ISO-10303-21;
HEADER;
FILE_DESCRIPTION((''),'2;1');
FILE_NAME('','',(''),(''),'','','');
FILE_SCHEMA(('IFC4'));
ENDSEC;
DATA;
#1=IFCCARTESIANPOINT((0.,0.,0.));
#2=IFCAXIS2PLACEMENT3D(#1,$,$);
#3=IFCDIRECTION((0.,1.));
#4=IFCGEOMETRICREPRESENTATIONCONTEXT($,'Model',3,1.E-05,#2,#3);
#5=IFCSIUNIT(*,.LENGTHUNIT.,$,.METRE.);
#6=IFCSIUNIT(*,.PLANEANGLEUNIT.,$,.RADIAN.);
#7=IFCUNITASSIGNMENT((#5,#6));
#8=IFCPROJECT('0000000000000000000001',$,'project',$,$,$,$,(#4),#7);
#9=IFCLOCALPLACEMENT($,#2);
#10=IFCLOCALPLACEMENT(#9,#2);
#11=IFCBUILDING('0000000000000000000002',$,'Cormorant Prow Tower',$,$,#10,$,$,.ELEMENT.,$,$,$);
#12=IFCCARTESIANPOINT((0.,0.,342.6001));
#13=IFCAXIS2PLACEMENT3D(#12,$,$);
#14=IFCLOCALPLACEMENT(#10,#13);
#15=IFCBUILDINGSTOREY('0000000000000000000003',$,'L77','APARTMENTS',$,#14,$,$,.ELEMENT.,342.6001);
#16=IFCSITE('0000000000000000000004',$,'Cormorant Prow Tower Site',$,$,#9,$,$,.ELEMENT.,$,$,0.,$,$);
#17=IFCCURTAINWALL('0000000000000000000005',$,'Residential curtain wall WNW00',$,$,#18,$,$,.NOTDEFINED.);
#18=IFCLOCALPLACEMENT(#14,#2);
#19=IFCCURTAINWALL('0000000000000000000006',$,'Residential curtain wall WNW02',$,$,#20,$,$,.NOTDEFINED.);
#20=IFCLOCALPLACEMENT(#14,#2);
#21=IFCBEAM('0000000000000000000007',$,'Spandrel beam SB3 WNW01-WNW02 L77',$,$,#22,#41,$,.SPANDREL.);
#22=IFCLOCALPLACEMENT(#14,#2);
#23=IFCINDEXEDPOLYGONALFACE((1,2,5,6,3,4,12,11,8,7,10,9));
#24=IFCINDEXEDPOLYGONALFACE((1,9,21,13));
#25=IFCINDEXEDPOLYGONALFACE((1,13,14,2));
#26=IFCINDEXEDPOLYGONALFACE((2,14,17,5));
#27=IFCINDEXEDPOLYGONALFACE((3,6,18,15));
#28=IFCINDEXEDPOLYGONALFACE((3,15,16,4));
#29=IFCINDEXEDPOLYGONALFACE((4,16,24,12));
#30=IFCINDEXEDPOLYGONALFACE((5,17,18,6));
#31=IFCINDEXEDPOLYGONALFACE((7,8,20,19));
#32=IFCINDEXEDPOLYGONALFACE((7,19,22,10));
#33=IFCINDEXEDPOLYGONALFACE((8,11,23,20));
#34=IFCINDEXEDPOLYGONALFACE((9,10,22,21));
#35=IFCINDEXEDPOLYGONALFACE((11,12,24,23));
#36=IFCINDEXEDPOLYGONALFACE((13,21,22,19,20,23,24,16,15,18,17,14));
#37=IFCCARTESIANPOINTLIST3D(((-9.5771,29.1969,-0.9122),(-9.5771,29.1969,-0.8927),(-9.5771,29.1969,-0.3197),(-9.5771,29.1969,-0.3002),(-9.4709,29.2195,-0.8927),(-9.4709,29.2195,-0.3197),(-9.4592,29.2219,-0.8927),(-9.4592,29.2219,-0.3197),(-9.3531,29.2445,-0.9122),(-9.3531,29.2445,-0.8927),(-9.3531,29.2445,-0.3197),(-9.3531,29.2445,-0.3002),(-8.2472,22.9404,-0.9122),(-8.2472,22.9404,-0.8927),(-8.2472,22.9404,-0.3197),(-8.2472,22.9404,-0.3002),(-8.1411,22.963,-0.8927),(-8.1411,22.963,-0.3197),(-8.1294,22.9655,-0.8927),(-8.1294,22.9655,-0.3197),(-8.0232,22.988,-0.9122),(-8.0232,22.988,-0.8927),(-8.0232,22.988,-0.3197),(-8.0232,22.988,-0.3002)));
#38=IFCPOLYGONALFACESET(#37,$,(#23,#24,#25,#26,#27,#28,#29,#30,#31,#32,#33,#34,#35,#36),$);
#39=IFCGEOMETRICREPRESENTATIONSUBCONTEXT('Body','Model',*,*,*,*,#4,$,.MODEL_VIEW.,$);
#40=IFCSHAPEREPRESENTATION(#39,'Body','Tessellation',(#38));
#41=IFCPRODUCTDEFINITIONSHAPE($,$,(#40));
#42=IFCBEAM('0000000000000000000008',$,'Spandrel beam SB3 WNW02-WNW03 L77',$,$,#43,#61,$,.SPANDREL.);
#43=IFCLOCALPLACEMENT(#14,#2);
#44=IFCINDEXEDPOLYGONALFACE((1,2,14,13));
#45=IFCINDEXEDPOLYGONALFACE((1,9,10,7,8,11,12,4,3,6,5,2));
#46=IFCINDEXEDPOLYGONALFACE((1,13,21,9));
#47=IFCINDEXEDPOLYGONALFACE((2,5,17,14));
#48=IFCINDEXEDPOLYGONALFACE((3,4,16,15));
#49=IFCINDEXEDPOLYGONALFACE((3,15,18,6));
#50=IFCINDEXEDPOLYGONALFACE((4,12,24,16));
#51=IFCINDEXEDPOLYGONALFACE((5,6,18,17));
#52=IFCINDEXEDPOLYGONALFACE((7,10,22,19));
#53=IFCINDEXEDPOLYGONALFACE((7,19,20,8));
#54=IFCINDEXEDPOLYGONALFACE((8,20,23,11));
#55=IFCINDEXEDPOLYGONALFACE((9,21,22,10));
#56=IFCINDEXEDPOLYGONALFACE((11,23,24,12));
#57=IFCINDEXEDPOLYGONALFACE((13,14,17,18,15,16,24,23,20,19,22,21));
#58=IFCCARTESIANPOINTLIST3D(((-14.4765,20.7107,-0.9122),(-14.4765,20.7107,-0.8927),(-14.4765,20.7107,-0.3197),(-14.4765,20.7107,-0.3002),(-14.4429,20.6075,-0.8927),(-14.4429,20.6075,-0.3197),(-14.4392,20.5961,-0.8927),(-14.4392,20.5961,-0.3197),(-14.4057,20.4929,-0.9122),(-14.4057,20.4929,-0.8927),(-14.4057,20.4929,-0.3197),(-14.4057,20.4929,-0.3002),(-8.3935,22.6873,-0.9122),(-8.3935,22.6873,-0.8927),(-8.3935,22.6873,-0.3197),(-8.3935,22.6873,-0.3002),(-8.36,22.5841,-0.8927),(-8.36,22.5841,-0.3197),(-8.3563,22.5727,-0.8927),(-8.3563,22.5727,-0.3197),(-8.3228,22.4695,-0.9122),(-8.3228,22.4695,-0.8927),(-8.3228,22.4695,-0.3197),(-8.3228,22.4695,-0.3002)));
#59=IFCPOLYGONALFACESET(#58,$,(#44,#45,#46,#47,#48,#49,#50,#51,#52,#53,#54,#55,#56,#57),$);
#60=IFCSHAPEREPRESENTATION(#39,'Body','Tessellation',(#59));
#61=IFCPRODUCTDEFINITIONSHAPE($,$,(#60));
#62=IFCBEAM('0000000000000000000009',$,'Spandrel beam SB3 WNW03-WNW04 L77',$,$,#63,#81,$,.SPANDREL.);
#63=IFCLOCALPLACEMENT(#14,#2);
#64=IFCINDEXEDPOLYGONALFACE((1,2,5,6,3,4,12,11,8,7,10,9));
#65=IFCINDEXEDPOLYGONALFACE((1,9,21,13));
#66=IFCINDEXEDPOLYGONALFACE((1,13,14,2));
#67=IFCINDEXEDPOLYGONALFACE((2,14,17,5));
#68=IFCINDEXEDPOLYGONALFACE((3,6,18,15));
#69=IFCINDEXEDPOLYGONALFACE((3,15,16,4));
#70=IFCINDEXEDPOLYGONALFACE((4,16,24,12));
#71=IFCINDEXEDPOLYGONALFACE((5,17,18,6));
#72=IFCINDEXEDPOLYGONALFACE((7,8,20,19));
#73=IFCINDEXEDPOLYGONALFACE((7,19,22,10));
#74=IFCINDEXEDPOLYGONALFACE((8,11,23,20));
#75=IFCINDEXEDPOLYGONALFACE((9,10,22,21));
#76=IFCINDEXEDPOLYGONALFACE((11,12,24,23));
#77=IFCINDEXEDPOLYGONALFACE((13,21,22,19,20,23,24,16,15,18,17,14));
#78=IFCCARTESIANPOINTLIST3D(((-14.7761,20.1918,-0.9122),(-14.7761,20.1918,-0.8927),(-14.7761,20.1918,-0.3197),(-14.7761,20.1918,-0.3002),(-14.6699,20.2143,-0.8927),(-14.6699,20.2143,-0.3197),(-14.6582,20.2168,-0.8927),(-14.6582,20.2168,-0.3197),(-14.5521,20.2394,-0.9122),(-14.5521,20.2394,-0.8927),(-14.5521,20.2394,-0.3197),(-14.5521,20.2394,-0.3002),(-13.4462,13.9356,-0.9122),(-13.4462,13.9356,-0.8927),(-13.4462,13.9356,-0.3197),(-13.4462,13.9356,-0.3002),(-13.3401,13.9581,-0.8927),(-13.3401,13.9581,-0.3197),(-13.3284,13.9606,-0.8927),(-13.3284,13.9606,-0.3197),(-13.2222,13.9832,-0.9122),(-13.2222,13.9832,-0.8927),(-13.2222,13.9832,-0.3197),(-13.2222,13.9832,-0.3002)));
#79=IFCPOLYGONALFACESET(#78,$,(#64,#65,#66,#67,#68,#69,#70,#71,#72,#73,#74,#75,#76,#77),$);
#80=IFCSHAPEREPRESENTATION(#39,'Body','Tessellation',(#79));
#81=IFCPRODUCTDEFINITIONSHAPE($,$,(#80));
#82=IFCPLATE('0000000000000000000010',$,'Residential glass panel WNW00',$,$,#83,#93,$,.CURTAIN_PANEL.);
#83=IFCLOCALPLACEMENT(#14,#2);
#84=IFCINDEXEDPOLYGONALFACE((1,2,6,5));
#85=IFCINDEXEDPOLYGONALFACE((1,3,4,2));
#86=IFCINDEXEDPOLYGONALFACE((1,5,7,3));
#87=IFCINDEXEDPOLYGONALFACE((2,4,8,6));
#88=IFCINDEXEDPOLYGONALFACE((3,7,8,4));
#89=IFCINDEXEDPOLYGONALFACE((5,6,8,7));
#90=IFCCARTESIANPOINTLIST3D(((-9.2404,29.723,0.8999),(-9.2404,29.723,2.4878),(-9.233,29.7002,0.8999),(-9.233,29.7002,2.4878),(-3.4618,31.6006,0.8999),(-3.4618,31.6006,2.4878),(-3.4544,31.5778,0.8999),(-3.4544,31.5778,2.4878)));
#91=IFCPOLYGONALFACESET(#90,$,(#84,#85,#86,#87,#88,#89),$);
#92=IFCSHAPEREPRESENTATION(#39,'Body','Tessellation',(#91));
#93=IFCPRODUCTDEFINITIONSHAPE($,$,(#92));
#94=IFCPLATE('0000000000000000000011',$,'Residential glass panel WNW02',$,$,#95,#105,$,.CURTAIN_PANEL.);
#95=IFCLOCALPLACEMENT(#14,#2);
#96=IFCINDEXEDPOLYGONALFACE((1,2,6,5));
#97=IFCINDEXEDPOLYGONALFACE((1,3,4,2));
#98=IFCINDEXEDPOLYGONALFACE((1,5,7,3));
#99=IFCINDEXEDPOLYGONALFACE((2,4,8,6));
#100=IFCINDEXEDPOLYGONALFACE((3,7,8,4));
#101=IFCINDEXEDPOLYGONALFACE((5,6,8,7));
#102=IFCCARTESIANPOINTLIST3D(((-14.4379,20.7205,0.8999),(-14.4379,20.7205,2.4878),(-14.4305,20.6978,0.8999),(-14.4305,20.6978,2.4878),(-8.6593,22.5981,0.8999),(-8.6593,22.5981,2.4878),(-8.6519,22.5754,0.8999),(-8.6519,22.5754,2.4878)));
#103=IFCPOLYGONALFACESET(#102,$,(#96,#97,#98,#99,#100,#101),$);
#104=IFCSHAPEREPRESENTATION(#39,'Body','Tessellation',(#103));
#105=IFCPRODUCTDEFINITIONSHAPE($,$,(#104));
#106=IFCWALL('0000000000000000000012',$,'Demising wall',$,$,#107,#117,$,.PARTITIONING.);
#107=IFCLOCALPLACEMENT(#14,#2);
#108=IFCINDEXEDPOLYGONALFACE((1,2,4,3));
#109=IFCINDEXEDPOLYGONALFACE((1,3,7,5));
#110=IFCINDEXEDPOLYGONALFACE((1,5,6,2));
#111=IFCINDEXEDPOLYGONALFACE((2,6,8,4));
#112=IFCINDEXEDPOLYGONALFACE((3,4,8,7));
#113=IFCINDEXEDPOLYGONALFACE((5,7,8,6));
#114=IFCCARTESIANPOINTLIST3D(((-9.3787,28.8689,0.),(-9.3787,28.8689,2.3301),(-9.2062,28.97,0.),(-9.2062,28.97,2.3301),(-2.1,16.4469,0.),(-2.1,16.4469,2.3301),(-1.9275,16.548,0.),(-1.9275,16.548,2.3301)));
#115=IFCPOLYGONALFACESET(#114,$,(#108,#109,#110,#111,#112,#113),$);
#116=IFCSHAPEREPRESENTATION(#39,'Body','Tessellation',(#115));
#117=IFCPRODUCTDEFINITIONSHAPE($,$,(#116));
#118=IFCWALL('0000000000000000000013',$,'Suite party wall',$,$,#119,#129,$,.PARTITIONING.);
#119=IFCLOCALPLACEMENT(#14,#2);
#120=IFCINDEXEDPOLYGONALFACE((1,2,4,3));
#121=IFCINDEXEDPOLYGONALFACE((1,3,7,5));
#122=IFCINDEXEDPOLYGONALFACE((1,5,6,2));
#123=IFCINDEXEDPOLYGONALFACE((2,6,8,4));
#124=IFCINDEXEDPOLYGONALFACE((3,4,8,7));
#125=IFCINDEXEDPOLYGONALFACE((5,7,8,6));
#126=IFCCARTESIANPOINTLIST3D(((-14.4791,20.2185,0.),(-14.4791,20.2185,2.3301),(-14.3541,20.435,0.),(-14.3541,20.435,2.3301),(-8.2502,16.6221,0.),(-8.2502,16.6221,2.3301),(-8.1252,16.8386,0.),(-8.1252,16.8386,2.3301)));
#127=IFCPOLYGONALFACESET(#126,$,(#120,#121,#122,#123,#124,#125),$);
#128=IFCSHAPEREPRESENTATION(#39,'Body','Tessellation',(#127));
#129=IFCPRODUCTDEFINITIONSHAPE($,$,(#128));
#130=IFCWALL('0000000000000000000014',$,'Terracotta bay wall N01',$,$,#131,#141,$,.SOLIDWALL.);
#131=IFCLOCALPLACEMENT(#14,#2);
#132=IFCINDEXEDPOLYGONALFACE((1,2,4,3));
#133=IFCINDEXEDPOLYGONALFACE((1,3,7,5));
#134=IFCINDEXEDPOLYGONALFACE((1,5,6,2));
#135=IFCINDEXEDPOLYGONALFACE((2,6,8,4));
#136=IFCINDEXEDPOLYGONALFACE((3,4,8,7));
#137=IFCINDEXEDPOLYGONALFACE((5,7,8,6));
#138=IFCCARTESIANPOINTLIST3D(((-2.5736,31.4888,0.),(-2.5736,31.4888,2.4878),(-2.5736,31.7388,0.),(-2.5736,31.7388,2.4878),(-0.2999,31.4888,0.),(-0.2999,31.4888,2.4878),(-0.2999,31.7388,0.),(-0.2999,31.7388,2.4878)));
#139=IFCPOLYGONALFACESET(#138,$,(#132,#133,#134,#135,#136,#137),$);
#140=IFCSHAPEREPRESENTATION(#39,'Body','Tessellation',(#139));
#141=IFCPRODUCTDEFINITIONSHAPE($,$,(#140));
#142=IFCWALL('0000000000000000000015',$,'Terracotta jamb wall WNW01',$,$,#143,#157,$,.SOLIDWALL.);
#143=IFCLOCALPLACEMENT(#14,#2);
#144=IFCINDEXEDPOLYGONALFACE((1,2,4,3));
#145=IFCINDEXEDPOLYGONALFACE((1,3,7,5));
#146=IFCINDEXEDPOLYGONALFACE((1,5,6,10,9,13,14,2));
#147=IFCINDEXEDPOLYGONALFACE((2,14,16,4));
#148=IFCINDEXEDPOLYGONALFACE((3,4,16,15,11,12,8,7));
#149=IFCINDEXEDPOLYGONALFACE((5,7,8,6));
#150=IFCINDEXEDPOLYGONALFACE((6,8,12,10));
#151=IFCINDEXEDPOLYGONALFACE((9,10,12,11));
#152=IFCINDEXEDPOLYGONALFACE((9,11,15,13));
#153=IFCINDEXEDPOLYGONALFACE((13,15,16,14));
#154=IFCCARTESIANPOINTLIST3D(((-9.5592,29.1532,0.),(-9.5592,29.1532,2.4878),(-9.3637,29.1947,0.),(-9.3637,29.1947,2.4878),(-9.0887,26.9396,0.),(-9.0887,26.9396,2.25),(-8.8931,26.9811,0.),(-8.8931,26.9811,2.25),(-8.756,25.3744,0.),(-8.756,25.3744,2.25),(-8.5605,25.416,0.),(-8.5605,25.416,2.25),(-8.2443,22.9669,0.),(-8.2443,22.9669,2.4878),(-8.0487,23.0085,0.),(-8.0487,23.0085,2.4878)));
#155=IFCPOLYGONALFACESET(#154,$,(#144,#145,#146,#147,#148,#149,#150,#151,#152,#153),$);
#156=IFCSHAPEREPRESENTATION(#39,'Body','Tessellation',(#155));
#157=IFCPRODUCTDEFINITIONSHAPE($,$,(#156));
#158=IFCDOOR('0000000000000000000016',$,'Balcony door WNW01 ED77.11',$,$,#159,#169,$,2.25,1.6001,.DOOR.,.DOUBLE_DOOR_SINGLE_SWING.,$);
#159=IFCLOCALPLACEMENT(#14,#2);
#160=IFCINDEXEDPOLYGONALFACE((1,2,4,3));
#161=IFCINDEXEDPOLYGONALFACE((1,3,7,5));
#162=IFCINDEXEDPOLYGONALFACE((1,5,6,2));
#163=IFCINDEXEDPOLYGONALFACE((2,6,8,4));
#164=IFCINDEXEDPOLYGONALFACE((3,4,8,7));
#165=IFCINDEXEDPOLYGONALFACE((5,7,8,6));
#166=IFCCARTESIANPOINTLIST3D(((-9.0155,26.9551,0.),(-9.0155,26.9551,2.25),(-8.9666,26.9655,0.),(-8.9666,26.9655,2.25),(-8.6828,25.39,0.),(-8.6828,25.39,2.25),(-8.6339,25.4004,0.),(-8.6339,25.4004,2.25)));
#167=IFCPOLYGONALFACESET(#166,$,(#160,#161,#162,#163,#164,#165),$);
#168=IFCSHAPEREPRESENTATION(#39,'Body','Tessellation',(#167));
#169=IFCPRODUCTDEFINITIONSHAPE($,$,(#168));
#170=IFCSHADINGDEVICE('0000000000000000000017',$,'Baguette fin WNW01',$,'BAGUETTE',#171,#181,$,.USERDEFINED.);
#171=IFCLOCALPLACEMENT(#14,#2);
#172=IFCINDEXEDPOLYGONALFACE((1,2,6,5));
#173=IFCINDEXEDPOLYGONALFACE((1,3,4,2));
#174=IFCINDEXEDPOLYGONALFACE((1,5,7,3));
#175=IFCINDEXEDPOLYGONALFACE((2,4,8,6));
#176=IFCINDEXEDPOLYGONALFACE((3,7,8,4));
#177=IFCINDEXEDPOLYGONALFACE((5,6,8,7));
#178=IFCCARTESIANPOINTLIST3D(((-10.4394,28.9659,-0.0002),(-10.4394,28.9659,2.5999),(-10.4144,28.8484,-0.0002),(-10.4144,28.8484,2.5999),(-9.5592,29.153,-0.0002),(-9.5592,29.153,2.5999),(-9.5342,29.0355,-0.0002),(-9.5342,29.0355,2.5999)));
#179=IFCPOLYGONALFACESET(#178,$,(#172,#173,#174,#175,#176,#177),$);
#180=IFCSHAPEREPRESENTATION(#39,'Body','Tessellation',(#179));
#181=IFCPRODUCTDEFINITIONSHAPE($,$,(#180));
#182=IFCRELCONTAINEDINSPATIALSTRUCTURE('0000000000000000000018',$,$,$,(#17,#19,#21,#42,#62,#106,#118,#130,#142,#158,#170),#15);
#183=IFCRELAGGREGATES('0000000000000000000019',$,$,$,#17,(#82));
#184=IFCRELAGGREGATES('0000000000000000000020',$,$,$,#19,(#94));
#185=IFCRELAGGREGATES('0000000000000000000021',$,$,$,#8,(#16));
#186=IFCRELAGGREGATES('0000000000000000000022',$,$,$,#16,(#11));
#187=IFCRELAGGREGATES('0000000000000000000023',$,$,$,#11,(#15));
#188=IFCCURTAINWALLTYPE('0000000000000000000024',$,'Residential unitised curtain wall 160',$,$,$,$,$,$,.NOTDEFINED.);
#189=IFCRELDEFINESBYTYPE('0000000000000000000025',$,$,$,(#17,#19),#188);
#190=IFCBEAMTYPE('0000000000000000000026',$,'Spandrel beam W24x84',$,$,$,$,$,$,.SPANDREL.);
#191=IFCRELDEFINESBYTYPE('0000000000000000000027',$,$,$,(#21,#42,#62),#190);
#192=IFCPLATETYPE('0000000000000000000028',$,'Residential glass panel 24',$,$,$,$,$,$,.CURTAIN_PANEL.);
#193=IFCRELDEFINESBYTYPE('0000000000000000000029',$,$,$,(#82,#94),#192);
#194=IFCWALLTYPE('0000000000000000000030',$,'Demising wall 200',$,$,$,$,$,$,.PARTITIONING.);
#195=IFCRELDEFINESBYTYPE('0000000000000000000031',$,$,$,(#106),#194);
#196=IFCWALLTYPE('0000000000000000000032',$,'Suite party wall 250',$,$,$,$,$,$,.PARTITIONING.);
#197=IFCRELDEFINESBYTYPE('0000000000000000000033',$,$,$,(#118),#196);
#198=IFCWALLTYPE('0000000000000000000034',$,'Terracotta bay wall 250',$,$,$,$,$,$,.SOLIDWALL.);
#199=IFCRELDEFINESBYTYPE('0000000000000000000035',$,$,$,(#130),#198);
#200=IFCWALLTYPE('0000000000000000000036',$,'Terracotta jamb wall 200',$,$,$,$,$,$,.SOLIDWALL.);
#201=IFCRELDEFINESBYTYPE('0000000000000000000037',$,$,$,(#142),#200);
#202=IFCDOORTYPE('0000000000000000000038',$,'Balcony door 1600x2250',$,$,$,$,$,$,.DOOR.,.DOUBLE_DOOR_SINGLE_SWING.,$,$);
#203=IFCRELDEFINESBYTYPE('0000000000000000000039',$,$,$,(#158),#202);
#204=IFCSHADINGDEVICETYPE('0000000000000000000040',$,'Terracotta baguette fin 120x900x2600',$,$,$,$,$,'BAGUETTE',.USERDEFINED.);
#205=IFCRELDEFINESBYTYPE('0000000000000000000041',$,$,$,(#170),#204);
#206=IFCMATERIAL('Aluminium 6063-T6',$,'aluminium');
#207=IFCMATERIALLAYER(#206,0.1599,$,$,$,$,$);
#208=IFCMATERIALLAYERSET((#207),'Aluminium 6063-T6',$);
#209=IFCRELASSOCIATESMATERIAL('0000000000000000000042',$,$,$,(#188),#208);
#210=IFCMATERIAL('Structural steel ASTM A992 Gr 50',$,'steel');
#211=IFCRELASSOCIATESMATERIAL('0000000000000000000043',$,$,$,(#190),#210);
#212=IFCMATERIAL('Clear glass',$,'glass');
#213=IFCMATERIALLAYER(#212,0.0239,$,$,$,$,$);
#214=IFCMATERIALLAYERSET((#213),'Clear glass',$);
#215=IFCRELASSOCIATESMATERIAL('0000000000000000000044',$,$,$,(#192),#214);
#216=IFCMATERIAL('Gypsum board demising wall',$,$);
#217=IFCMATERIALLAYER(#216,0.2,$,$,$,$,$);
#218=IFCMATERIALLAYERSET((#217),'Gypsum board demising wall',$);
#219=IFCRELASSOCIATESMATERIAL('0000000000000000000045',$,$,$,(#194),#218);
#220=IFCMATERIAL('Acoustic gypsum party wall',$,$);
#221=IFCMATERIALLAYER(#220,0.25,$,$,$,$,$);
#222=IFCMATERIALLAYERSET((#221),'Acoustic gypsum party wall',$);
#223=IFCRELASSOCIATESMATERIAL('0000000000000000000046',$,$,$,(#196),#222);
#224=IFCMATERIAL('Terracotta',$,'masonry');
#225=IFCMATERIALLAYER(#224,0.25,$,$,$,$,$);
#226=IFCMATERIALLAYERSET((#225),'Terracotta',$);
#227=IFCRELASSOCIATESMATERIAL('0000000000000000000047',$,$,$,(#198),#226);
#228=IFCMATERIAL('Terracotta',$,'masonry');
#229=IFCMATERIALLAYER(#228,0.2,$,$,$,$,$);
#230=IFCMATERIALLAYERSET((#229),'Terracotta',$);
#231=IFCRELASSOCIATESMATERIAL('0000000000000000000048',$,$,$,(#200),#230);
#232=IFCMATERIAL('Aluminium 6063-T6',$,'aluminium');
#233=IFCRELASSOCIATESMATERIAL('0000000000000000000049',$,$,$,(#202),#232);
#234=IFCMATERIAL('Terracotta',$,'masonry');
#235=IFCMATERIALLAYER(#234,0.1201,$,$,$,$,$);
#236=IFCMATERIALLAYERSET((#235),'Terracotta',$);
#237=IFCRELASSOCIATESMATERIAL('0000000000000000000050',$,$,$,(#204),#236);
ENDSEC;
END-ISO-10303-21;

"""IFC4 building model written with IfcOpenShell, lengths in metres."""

from ifc_helpers import new_model, si_unit, direction, frame, frame_2d, origin, origin_2d, place, context, subcontext, project, spatial, rectangle, i_section, extrude, material, layer, layer_set, material_profile, profile_set, type_object, element, fill, aggregate, save


model = new_model("IFC4")

# Units and contexts
model_context = context("Model", 3, precision=1e-05, world=origin(), true_north=direction((0.0, 1.0)))
body_context = subcontext(model_context, "Body", "Model", "MODEL_VIEW")
ifc_project = project(units=[si_unit("LENGTHUNIT", "METRE"), si_unit("PLANEANGLEUNIT", "RADIAN")], contexts=[model_context])

# Site, building, storey
site_placement = place(None, origin())
site = spatial("IfcSite", under=ifc_project, at=site_placement, Name="Cormorant Prow Tower Site", CompositionType="ELEMENT", RefElevation=0.0)
building_placement = place(site_placement, origin())
building = spatial("IfcBuilding", under=site, at=building_placement, Name="Cormorant Prow Tower", CompositionType="ELEMENT")
storey_placement = place(building_placement, frame((0.0, 0.0, 342.6001)))
storey = spatial("IfcBuildingStorey", under=building, at=storey_placement, Name="L77", Description="APARTMENTS", CompositionType="ELEMENT", Elevation=342.6001)

# Curtain walls
ifc_material_1 = material(Name="Aluminium 6063-T6", Category="aluminium")
ifc_layer_1 = layer(ifc_material_1, 0.1599)
ifc_layer_set_1 = layer_set([ifc_layer_1], Name="Aluminium 6063-T6")
curtain_wall_type = type_object("IfcCurtainWallType", Name="Residential unitised curtain wall 160", PredefinedType="NOTDEFINED", material=ifc_layer_set_1)
curtain_wall_1_placement = place(storey_placement, origin())
curtain_wall_1 = element("IfcCurtainWall", 1, at=curtain_wall_1_placement, inside=storey, type_object=curtain_wall_type, Name="Residential curtain wall WNW00", PredefinedType="NOTDEFINED")
curtain_wall_2_placement = place(storey_placement, origin())
curtain_wall_2 = element("IfcCurtainWall", 2, at=curtain_wall_2_placement, inside=storey, type_object=curtain_wall_type, Name="Residential curtain wall WNW02", PredefinedType="NOTDEFINED")

# Beams
ifc_material_2 = material(Name="Structural steel ASTM A992 Gr 50", Category="steel")
ifc_material_profile_1 = material_profile(ifc_material_2, i_section(OverallWidth=0.229, OverallDepth=0.6121, WebThickness=0.012, FlangeThickness=0.0195, at=origin_2d()), Name="W24x84")
ifc_profile_set_1 = profile_set([ifc_material_profile_1], Name="Structural steel ASTM A992 Gr 50")
beam_type = type_object("IfcBeamType", Name="Spandrel beam W24x84", PredefinedType="SPANDREL", material=ifc_profile_set_1)
beam_1_placement = place(storey_placement, frame((-9.4651, 29.2207, -0.6062), z_axis=(0.207913, -0.978147, 0.0), x_axis=(0.978147, 0.207913, 0.0)))
element("IfcBeam", 3, at=beam_1_placement, inside=storey, type_object=beam_type, Name="Spandrel beam SB3 WNW01-WNW02 L77", PredefinedType="SPANDREL", context=body_context, shape_type="SweptSolid", body=[
    extrude(i_section(OverallWidth=0.229, OverallDepth=0.6121, WebThickness=0.012, FlangeThickness=0.0195, at=origin_2d()), origin(), (0.0, 0.0, 1.0), 6.3962),
])
for number, where, z_axis, x_axis, name in (
    (4, (-8.3582, 22.5784, -0.6062), (-0.951053, -0.309027, 0.0), (0.309027, -0.951053, 0.0), "Spandrel beam SB3 WNW02-WNW03 L77"),
    (5, (-14.6641, 20.2156, -0.6062), (0.20792, -0.978146, 0.0), (0.978146, 0.20792, 0.0), "Spandrel beam SB3 WNW03-WNW04 L77"),
):
    element("IfcBeam", number, at=place(storey_placement, frame(where, z_axis=z_axis, x_axis=x_axis)), inside=storey, type_object=beam_type, Name=name, PredefinedType="SPANDREL", context=body_context, shape_type="SweptSolid", body=[
        extrude(i_section(OverallWidth=0.229, OverallDepth=0.6121, WebThickness=0.012, FlangeThickness=0.0195, at=origin_2d()), origin(), (0.0, 0.0, 1.0), 6.396),
    ])

# Plates
ifc_material_3 = material(Name="Clear glass", Category="glass")
ifc_layer_2 = layer(ifc_material_3, 0.0239)
ifc_layer_set_2 = layer_set([ifc_layer_2], Name="Clear glass")
plate_type = type_object("IfcPlateType", Name="Residential glass panel 24", PredefinedType="CURTAIN_PANEL", material=ifc_layer_set_2)
plate_1_placement = place(storey_placement, frame((-6.3474, 30.6504, 0.8999), z_axis=(0.0, 0.0, 1.0), x_axis=(-0.951056, -0.309017, 0.0)))
plate_1 = element("IfcPlate", 6, at=plate_1_placement, type_object=plate_type, Name="Residential glass panel WNW00", PredefinedType="CURTAIN_PANEL", context=body_context, shape_type="SweptSolid", body=[
    extrude(rectangle(XDim=6.0759, YDim=0.0239, at=origin_2d()), origin(), (0.0, 0.0, 1.0), 1.5879),
])
aggregate(curtain_wall_1, [plate_1])
plate_2_placement = place(storey_placement, frame((-11.5449, 21.6479, 0.8999), z_axis=(0.0, 0.0, 1.0), x_axis=(-0.951056, -0.309017, 0.0)))
plate_2 = element("IfcPlate", 7, at=plate_2_placement, type_object=plate_type, Name="Residential glass panel WNW02", PredefinedType="CURTAIN_PANEL", context=body_context, shape_type="SweptSolid", body=[
    extrude(rectangle(XDim=6.0759, YDim=0.0239, at=origin_2d()), origin(), (0.0, 0.0, 1.0), 1.5879),
])
aggregate(curtain_wall_2, [plate_2])

# Walls
ifc_material_4 = material(Name="Gypsum board demising wall")
ifc_layer_3 = layer(ifc_material_4, 0.2)
ifc_layer_set_3 = layer_set([ifc_layer_3], Name="Gypsum board demising wall")
wall_type_1 = type_object("IfcWallType", Name="Demising wall 200", PredefinedType="PARTITIONING", material=ifc_layer_set_3)
wall_1_placement = place(storey_placement, frame((-9.2925, 28.9194, 0.0), z_axis=(0.0, 0.0, 1.0), x_axis=(0.505558, -0.862793, 0.0)))
element("IfcWall", 8, at=wall_1_placement, inside=storey, type_object=wall_type_1, Name="Demising wall", PredefinedType="PARTITIONING", context=body_context, shape_type="SweptSolid", body=[
    extrude(rectangle(XDim=14.3975, YDim=0.2, at=frame_2d((7.1987, 0.0))), origin(), (0.0, 0.0, 1.0), 2.3301),
])
ifc_material_5 = material(Name="Acoustic gypsum party wall")
ifc_layer_4 = layer(ifc_material_5, 0.25)
ifc_layer_set_4 = layer_set([ifc_layer_4], Name="Acoustic gypsum party wall")
wall_type_2 = type_object("IfcWallType", Name="Suite party wall 250", PredefinedType="PARTITIONING", material=ifc_layer_set_4)
wall_2_placement = place(storey_placement, frame((-14.4165, 20.3267, 0.0), z_axis=(0.0, 0.0, 1.0), x_axis=(0.866018, -0.500012, 0.0)))
element("IfcWall", 9, at=wall_2_placement, inside=storey, type_object=wall_type_2, Name="Suite party wall", PredefinedType="PARTITIONING", context=body_context, shape_type="SweptSolid", body=[
    extrude(rectangle(XDim=7.1926, YDim=0.25, at=frame_2d((3.5962, 0.0))), origin(), (0.0, 0.0, 1.0), 2.3301),
])
ifc_material_6 = material(Name="Terracotta", Category="masonry")
ifc_layer_5 = layer(ifc_material_6, 0.25)
ifc_layer_set_5 = layer_set([ifc_layer_5], Name="Terracotta")
wall_type_3 = type_object("IfcWallType", Name="Terracotta bay wall 250", PredefinedType="SOLIDWALL", material=ifc_layer_set_5)
wall_3_placement = place(storey_placement, frame((-0.3, 31.6138, 0.0), z_axis=(0.0, 0.0, 1.0), x_axis=(-1.0, 0.0, 0.0)))
element("IfcWall", 10, at=wall_3_placement, inside=storey, type_object=wall_type_3, Name="Terracotta bay wall N01", PredefinedType="SOLIDWALL", context=body_context, shape_type="SweptSolid", body=[
    extrude(rectangle(XDim=2.2737, YDim=0.25, at=frame_2d((1.1367, 0.0))), origin(), (0.0, 0.0, 1.0), 2.4878),
])

# Wall, opening, door
ifc_material_7 = material(Name="Terracotta", Category="masonry")
ifc_layer_6 = layer(ifc_material_7, 0.2)
ifc_layer_set_6 = layer_set([ifc_layer_6], Name="Terracotta")
wall_type_4 = type_object("IfcWallType", Name="Terracotta jamb wall 200", PredefinedType="SOLIDWALL", material=ifc_layer_set_6)
wall_4_placement = place(storey_placement, frame((-9.4614, 29.1738, 0.0), z_axis=(0.0, 0.0, 1.0), x_axis=(0.207913, -0.978147, 0.0)))
wall_4 = element("IfcWall", 11, at=wall_4_placement, inside=storey, type_object=wall_type_4, Name="Terracotta jamb wall WNW01", PredefinedType="SOLIDWALL", context=body_context, shape_type="SweptSolid", body=[
    extrude(rectangle(XDim=6.3245, YDim=0.2, at=frame_2d((3.1621, 0.0))), origin(), (0.0, 0.0, 1.0), 2.4878),
])
opening_placement = place(wall_4_placement, frame((2.2629, 0.0, 0.0)))
opening = element("IfcOpeningElement", 12, at=opening_placement, cuts=wall_4, PredefinedType="OPENING", context=body_context, shape_type="SweptSolid", body=[
    extrude(rectangle(XDim=1.6001, YDim=2.25, at=frame_2d((0.8, 1.125))), frame((0.0, 0.1099, 0.0), z_axis=(0.0, -1.0, 0.0), x_axis=(1.0, 0.0, 0.0)), (0.0, 0.0, 1.0), 0.22),
])
ifc_material_8 = material(Name="Aluminium 6063-T6", Category="aluminium")
door_type = type_object("IfcDoorType", Name="Balcony door 1600x2250", OperationType="DOUBLE_DOOR_SINGLE_SWING", PredefinedType="DOOR", material=ifc_material_8)
door_placement = place(opening_placement, origin())
door = element("IfcDoor", 13, at=door_placement, inside=storey, type_object=door_type, Name="Balcony door WNW01 ED77.11", OperationType="DOUBLE_DOOR_SINGLE_SWING", OverallHeight=2.25, OverallWidth=1.6001, PredefinedType="DOOR", context=body_context, shape_type="SweptSolid", body=[
    extrude(rectangle(XDim=1.6001, YDim=2.25, at=frame_2d((0.8, 1.125))), frame((0.0, 0.0249, 0.0), z_axis=(0.0, -1.0, 0.0), x_axis=(1.0, 0.0, 0.0)), (0.0, 0.0, 1.0), 0.05),
])
fill(opening, door)

# Shading device
ifc_material_9 = material(Name="Terracotta", Category="masonry")
ifc_layer_7 = layer(ifc_material_9, 0.1201)
ifc_layer_set_7 = layer_set([ifc_layer_7], Name="Terracotta")
shading_device_type = type_object("IfcShadingDeviceType", Name="Terracotta baguette fin 120x900x2600", ElementType="BAGUETTE", PredefinedType="USERDEFINED", material=ifc_layer_set_7)
shading_device_placement = place(storey_placement, frame((-9.9868, 29.0007, -0.0002), z_axis=(0.0, 0.0, 1.0), x_axis=(0.207912, -0.978148, 0.0)))
element("IfcShadingDevice", 14, at=shading_device_placement, inside=storey, type_object=shading_device_type, Name="Baguette fin WNW01", ObjectType="BAGUETTE", PredefinedType="USERDEFINED", context=body_context, shape_type="SweptSolid", body=[
    extrude(rectangle(XDim=0.1201, YDim=0.8999, at=origin_2d()), origin(), (0.0, 0.0, 1.0), 2.6001),
])

save(model, "model.ifc")
